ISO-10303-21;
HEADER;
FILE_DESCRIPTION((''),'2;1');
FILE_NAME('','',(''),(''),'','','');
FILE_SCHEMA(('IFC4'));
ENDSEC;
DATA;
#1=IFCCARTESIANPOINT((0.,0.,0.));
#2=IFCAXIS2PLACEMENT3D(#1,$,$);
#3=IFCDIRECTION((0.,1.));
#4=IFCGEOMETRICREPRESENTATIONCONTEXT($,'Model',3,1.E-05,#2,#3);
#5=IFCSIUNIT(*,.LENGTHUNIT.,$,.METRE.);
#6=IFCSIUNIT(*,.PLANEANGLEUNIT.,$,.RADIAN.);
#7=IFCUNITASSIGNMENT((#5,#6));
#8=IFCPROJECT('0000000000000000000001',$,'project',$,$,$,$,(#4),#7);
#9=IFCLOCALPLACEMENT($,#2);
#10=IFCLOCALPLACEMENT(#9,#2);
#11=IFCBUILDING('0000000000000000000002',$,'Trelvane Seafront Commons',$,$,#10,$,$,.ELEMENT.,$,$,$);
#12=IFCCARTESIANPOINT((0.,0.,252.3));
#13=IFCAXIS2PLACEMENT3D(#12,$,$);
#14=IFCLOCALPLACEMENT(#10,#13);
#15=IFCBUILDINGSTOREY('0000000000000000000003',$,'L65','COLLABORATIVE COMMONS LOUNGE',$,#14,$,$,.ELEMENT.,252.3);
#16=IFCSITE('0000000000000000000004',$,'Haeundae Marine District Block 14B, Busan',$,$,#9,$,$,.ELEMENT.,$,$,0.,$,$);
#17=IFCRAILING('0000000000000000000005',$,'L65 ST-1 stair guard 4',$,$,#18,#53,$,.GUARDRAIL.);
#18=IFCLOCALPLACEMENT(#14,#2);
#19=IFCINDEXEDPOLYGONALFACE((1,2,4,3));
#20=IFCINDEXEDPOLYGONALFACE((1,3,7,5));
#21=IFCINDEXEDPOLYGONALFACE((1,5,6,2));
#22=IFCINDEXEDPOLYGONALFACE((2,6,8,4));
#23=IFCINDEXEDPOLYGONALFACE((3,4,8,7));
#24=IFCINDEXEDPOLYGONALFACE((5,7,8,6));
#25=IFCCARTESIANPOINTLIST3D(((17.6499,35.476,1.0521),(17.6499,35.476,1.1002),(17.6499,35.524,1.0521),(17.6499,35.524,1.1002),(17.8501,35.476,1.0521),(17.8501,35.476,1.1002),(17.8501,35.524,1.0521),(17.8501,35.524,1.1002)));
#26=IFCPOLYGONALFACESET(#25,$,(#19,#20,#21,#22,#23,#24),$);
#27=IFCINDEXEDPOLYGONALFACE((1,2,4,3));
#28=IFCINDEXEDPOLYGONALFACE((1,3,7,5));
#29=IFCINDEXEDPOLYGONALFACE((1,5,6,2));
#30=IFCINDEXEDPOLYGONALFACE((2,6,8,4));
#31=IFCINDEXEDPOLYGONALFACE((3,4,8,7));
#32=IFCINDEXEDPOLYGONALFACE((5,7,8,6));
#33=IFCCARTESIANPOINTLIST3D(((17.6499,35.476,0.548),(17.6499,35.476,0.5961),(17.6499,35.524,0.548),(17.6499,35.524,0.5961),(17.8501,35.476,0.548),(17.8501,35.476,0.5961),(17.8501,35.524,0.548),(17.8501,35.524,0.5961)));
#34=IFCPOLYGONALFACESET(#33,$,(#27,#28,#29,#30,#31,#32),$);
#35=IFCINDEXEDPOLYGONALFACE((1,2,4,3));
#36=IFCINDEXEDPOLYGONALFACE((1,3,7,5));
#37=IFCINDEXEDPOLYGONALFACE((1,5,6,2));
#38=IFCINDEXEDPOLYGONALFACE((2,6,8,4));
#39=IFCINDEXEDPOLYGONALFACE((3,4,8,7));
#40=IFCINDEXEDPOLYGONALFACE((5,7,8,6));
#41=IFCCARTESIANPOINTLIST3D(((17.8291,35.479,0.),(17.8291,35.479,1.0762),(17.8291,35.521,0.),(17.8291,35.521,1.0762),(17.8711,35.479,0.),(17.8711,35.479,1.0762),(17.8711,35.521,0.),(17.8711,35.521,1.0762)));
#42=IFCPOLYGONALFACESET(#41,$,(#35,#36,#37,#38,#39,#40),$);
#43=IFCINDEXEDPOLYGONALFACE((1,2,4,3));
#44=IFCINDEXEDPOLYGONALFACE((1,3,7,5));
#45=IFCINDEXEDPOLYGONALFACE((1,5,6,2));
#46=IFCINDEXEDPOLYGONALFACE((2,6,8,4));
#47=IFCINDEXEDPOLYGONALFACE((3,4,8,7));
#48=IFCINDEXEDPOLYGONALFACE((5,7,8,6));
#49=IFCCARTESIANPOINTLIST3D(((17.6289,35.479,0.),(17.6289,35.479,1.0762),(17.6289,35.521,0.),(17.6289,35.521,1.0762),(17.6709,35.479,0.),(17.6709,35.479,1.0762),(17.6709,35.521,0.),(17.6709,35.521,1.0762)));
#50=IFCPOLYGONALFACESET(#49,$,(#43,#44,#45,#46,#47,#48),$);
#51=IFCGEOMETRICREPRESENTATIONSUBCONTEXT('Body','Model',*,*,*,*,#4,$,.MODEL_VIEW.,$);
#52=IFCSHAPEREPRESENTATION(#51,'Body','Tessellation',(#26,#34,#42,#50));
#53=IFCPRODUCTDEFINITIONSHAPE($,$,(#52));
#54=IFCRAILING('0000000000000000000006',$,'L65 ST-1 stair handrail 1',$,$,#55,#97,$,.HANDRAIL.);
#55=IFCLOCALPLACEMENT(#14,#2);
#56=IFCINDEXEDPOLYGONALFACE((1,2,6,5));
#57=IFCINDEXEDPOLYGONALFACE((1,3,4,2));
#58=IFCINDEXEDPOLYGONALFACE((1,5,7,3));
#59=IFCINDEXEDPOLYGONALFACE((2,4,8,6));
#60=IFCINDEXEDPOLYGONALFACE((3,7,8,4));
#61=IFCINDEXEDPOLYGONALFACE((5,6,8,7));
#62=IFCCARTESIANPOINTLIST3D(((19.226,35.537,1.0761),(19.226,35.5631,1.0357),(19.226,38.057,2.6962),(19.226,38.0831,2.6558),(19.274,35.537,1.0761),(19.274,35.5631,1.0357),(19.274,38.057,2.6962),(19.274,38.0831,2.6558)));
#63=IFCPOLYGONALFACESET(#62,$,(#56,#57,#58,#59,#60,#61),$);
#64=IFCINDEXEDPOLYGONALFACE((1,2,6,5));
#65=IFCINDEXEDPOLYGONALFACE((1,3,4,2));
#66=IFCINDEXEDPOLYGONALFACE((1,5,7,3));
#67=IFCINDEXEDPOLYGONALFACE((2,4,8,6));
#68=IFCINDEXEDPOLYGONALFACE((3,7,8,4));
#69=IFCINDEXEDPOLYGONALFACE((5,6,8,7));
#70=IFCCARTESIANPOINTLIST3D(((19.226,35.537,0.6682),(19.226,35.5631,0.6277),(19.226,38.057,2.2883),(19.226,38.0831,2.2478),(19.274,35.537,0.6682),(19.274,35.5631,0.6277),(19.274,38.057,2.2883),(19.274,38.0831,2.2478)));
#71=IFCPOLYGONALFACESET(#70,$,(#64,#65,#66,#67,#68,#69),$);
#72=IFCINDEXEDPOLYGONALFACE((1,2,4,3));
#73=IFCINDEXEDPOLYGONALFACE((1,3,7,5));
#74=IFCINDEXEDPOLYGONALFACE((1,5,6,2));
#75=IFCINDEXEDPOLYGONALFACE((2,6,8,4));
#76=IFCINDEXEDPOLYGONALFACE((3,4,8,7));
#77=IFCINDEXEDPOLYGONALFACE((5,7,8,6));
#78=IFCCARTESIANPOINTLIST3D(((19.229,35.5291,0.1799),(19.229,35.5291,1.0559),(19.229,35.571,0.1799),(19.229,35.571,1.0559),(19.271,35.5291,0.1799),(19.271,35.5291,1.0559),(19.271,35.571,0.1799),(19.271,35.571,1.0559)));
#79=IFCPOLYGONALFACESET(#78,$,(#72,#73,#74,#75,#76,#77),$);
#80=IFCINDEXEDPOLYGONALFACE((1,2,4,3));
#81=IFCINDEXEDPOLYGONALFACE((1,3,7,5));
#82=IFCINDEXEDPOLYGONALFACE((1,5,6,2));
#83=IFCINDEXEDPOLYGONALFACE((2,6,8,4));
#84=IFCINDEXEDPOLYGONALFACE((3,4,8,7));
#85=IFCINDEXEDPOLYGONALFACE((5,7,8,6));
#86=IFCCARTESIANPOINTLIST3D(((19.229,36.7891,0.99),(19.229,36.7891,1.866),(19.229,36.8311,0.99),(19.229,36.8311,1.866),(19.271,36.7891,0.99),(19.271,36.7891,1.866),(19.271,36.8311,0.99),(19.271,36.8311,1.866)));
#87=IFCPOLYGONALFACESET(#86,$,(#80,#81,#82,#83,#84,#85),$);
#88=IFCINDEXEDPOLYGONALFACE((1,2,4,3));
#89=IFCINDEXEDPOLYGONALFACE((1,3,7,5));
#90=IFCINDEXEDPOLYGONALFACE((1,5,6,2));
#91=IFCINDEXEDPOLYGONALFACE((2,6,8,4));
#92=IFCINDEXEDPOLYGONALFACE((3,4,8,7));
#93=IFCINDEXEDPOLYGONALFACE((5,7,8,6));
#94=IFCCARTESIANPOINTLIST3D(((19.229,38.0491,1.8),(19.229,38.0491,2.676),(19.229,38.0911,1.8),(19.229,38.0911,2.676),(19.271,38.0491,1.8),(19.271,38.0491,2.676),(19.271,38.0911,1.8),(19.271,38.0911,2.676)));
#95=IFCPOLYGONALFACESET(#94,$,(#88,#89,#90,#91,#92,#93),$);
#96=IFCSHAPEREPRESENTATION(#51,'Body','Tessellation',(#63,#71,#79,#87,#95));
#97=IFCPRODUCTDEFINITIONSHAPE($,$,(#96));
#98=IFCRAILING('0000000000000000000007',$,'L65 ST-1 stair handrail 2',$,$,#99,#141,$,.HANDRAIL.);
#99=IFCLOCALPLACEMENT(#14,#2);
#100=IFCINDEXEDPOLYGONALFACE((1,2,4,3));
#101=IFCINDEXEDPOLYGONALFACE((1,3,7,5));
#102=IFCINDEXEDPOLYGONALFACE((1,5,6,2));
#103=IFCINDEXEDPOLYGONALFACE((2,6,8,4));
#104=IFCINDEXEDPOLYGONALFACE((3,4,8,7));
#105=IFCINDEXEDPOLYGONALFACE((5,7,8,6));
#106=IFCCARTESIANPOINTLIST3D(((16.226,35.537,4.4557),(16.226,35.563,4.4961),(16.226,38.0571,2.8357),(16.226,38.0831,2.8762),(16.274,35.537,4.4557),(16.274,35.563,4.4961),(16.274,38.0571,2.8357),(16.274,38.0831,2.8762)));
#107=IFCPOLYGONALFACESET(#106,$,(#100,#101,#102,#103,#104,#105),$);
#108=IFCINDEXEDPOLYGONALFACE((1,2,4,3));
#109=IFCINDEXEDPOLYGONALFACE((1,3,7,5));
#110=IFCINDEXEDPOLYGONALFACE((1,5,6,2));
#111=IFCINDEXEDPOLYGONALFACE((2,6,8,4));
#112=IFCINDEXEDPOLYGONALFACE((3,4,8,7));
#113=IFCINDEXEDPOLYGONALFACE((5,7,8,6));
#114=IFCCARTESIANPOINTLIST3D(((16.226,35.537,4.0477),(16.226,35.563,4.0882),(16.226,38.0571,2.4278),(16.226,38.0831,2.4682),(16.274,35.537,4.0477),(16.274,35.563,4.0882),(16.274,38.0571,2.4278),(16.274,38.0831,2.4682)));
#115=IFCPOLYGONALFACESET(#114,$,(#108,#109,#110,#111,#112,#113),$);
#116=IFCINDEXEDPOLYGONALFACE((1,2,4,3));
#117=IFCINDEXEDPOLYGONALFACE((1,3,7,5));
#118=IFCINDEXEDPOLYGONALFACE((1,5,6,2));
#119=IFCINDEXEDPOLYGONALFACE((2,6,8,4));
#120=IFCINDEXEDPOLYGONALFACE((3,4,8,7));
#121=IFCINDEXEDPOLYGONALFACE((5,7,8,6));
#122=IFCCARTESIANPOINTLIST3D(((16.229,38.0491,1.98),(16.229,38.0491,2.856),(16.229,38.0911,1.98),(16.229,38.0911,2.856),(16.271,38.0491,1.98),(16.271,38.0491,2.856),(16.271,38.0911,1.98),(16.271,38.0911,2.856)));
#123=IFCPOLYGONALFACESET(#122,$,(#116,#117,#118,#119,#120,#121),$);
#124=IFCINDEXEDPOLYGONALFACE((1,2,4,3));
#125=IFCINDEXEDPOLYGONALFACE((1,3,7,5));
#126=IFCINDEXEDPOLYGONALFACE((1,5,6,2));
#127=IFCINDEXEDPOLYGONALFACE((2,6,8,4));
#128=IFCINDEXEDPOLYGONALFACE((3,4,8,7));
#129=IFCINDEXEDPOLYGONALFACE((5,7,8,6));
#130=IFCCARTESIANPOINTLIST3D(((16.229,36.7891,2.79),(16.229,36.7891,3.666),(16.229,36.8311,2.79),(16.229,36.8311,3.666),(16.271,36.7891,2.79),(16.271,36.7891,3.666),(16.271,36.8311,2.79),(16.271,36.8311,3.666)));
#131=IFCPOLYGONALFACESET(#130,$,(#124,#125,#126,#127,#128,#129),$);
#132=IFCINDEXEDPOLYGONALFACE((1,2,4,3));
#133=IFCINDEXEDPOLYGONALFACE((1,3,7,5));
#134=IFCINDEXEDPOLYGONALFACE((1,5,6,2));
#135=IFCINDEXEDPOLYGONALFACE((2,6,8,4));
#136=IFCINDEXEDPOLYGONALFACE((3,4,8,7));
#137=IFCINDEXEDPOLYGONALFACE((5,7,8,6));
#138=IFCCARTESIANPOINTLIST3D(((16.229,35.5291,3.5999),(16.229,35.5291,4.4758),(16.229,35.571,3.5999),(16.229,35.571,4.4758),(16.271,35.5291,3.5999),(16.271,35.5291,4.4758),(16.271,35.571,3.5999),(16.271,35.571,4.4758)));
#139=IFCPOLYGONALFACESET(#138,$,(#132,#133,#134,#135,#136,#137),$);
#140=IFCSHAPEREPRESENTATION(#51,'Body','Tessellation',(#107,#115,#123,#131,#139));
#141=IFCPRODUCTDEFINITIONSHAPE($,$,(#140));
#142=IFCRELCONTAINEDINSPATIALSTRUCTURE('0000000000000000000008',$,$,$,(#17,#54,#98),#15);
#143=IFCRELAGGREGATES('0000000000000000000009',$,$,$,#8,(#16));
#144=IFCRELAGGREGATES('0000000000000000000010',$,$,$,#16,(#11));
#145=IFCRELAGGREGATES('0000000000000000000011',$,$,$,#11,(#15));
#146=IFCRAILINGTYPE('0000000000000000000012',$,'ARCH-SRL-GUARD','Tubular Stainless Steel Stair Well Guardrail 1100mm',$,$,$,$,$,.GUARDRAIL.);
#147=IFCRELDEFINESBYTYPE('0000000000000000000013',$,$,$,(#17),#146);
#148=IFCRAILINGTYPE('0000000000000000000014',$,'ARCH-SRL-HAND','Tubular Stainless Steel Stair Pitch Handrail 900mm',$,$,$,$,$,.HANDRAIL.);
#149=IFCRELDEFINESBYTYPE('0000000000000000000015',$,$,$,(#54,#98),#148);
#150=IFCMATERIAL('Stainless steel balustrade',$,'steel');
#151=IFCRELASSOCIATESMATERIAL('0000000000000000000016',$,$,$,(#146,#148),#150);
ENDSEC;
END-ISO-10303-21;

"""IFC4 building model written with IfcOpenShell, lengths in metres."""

from ifc_helpers import new_model, si_unit, direction, frame, origin, origin_2d, place, context, subcontext, project, spatial, rectangle, extrude, material, type_object, element, save


model = new_model("IFC4")

# Units and contexts
model_context = context("Model", 3, precision=1e-05, world=origin(), true_north=direction((0.0, 1.0)))
body_context = subcontext(model_context, "Body", "Model", "MODEL_VIEW")
ifc_project = project(units=[si_unit("LENGTHUNIT", "METRE"), si_unit("PLANEANGLEUNIT", "RADIAN")], contexts=[model_context])

# Site, building, storey
site_placement = place(None, origin())
site = spatial("IfcSite", under=ifc_project, at=site_placement, Name="Haeundae Marine District Block 14B, Busan", CompositionType="ELEMENT", RefElevation=0.0)
building_placement = place(site_placement, origin())
building = spatial("IfcBuilding", under=site, at=building_placement, Name="Trelvane Seafront Commons", CompositionType="ELEMENT")
storey_placement = place(building_placement, frame((0.0, 0.0, 252.3)))
storey = spatial("IfcBuildingStorey", under=building, at=storey_placement, Name="L65", Description="COLLABORATIVE COMMONS LOUNGE", CompositionType="ELEMENT", Elevation=252.3)

# Shared definitions
ifc_material_1 = material(Name="Stainless steel balustrade", Category="steel")

# Railings
railing_type_1 = type_object("IfcRailingType", Name="ARCH-SRL-GUARD", Description="Tubular Stainless Steel Stair Well Guardrail 1100mm", PredefinedType="GUARDRAIL", material=ifc_material_1)
railing_1_placement = place(storey_placement, frame((17.8501, 35.5, 0.0)))
element("IfcRailing", 1, at=railing_1_placement, inside=storey, type_object=railing_type_1, Name="L65 ST-1 stair guard 4", PredefinedType="GUARDRAIL", context=body_context, shape_type="SweptSolid", body=[
    extrude(rectangle(XDim=0.0481, YDim=0.0481, at=origin_2d()), frame((0.0, 0.0, 1.0762), z_axis=(-1.0, 0.0, 0.0), x_axis=(0.0, -1.0, 0.0)), (0.0, 0.0, 1.0), 0.2002),
    extrude(rectangle(XDim=0.0481, YDim=0.0481, at=origin_2d()), frame((0.0, 0.0, 0.572), z_axis=(-1.0, 0.0, 0.0), x_axis=(0.0, -1.0, 0.0)), (0.0, 0.0, 1.0), 0.2002),
    extrude(rectangle(XDim=0.042, YDim=0.042, at=origin_2d()), origin(), (0.0, 0.0, 1.0), 1.0762),
    extrude(rectangle(XDim=0.042, YDim=0.042, at=origin_2d()), frame((-0.2002, 0.0, 0.0)), (0.0, 0.0, 1.0), 1.0762),
])
railing_type_2 = type_object("IfcRailingType", Name="ARCH-SRL-HAND", Description="Tubular Stainless Steel Stair Pitch Handrail 900mm", PredefinedType="HANDRAIL", material=ifc_material_1)
railing_2_placement = place(storey_placement, frame((19.25, 35.55, 0.1799)))
element("IfcRailing", 2, at=railing_2_placement, inside=storey, type_object=railing_type_2, Name="L65 ST-1 stair handrail 1", PredefinedType="HANDRAIL", context=body_context, shape_type="SweptSolid", body=[
    extrude(rectangle(XDim=0.0481, YDim=0.0481, at=origin_2d()), frame((0.0, 0.0, 0.876), z_axis=(0.0, 0.841163, 0.540782), x_axis=(-1.0, 0.0, 0.0)), (0.0, 0.0, 1.0), 2.9958),
    extrude(rectangle(XDim=0.0481, YDim=0.0481, at=origin_2d()), frame((0.0, 0.0, 0.468), z_axis=(0.0, 0.841163, 0.540782), x_axis=(-1.0, 0.0, 0.0)), (0.0, 0.0, 1.0), 2.9958),
    extrude(rectangle(XDim=0.042, YDim=0.042, at=origin_2d()), origin(), (0.0, 0.0, 1.0), 0.876),
    extrude(rectangle(XDim=0.042, YDim=0.042, at=origin_2d()), frame((0.0, 1.26, 0.8101)), (0.0, 0.0, 1.0), 0.876),
    extrude(rectangle(XDim=0.042, YDim=0.042, at=origin_2d()), frame((0.0, 2.52, 1.6201)), (0.0, 0.0, 1.0), 0.876),
])
railing_3_placement = place(storey_placement, frame((16.25, 38.0701, 1.98)))
element("IfcRailing", 3, at=railing_3_placement, inside=storey, type_object=railing_type_2, Name="L65 ST-1 stair handrail 2", PredefinedType="HANDRAIL", context=body_context, shape_type="SweptSolid", body=[
    extrude(rectangle(XDim=0.0481, YDim=0.0481, at=origin_2d()), frame((0.0, 0.0, 0.876), z_axis=(0.0, -0.8412, 0.540725), x_axis=(1.0, 0.0, 0.0)), (0.0, 0.0, 1.0), 2.9958),
    extrude(rectangle(XDim=0.0481, YDim=0.0481, at=origin_2d()), frame((0.0, 0.0, 0.468), z_axis=(0.0, -0.8412, 0.540725), x_axis=(1.0, 0.0, 0.0)), (0.0, 0.0, 1.0), 2.9958),
    extrude(rectangle(XDim=0.042, YDim=0.042, at=origin_2d()), origin(), (0.0, 0.0, 1.0), 0.876),
    extrude(rectangle(XDim=0.042, YDim=0.042, at=origin_2d()), frame((0.0, -1.26, 0.8101)), (0.0, 0.0, 1.0), 0.876),
    extrude(rectangle(XDim=0.042, YDim=0.042, at=origin_2d()), frame((0.0, -2.52, 1.6199)), (0.0, 0.0, 1.0), 0.876),
])

save(model, "model.ifc")
